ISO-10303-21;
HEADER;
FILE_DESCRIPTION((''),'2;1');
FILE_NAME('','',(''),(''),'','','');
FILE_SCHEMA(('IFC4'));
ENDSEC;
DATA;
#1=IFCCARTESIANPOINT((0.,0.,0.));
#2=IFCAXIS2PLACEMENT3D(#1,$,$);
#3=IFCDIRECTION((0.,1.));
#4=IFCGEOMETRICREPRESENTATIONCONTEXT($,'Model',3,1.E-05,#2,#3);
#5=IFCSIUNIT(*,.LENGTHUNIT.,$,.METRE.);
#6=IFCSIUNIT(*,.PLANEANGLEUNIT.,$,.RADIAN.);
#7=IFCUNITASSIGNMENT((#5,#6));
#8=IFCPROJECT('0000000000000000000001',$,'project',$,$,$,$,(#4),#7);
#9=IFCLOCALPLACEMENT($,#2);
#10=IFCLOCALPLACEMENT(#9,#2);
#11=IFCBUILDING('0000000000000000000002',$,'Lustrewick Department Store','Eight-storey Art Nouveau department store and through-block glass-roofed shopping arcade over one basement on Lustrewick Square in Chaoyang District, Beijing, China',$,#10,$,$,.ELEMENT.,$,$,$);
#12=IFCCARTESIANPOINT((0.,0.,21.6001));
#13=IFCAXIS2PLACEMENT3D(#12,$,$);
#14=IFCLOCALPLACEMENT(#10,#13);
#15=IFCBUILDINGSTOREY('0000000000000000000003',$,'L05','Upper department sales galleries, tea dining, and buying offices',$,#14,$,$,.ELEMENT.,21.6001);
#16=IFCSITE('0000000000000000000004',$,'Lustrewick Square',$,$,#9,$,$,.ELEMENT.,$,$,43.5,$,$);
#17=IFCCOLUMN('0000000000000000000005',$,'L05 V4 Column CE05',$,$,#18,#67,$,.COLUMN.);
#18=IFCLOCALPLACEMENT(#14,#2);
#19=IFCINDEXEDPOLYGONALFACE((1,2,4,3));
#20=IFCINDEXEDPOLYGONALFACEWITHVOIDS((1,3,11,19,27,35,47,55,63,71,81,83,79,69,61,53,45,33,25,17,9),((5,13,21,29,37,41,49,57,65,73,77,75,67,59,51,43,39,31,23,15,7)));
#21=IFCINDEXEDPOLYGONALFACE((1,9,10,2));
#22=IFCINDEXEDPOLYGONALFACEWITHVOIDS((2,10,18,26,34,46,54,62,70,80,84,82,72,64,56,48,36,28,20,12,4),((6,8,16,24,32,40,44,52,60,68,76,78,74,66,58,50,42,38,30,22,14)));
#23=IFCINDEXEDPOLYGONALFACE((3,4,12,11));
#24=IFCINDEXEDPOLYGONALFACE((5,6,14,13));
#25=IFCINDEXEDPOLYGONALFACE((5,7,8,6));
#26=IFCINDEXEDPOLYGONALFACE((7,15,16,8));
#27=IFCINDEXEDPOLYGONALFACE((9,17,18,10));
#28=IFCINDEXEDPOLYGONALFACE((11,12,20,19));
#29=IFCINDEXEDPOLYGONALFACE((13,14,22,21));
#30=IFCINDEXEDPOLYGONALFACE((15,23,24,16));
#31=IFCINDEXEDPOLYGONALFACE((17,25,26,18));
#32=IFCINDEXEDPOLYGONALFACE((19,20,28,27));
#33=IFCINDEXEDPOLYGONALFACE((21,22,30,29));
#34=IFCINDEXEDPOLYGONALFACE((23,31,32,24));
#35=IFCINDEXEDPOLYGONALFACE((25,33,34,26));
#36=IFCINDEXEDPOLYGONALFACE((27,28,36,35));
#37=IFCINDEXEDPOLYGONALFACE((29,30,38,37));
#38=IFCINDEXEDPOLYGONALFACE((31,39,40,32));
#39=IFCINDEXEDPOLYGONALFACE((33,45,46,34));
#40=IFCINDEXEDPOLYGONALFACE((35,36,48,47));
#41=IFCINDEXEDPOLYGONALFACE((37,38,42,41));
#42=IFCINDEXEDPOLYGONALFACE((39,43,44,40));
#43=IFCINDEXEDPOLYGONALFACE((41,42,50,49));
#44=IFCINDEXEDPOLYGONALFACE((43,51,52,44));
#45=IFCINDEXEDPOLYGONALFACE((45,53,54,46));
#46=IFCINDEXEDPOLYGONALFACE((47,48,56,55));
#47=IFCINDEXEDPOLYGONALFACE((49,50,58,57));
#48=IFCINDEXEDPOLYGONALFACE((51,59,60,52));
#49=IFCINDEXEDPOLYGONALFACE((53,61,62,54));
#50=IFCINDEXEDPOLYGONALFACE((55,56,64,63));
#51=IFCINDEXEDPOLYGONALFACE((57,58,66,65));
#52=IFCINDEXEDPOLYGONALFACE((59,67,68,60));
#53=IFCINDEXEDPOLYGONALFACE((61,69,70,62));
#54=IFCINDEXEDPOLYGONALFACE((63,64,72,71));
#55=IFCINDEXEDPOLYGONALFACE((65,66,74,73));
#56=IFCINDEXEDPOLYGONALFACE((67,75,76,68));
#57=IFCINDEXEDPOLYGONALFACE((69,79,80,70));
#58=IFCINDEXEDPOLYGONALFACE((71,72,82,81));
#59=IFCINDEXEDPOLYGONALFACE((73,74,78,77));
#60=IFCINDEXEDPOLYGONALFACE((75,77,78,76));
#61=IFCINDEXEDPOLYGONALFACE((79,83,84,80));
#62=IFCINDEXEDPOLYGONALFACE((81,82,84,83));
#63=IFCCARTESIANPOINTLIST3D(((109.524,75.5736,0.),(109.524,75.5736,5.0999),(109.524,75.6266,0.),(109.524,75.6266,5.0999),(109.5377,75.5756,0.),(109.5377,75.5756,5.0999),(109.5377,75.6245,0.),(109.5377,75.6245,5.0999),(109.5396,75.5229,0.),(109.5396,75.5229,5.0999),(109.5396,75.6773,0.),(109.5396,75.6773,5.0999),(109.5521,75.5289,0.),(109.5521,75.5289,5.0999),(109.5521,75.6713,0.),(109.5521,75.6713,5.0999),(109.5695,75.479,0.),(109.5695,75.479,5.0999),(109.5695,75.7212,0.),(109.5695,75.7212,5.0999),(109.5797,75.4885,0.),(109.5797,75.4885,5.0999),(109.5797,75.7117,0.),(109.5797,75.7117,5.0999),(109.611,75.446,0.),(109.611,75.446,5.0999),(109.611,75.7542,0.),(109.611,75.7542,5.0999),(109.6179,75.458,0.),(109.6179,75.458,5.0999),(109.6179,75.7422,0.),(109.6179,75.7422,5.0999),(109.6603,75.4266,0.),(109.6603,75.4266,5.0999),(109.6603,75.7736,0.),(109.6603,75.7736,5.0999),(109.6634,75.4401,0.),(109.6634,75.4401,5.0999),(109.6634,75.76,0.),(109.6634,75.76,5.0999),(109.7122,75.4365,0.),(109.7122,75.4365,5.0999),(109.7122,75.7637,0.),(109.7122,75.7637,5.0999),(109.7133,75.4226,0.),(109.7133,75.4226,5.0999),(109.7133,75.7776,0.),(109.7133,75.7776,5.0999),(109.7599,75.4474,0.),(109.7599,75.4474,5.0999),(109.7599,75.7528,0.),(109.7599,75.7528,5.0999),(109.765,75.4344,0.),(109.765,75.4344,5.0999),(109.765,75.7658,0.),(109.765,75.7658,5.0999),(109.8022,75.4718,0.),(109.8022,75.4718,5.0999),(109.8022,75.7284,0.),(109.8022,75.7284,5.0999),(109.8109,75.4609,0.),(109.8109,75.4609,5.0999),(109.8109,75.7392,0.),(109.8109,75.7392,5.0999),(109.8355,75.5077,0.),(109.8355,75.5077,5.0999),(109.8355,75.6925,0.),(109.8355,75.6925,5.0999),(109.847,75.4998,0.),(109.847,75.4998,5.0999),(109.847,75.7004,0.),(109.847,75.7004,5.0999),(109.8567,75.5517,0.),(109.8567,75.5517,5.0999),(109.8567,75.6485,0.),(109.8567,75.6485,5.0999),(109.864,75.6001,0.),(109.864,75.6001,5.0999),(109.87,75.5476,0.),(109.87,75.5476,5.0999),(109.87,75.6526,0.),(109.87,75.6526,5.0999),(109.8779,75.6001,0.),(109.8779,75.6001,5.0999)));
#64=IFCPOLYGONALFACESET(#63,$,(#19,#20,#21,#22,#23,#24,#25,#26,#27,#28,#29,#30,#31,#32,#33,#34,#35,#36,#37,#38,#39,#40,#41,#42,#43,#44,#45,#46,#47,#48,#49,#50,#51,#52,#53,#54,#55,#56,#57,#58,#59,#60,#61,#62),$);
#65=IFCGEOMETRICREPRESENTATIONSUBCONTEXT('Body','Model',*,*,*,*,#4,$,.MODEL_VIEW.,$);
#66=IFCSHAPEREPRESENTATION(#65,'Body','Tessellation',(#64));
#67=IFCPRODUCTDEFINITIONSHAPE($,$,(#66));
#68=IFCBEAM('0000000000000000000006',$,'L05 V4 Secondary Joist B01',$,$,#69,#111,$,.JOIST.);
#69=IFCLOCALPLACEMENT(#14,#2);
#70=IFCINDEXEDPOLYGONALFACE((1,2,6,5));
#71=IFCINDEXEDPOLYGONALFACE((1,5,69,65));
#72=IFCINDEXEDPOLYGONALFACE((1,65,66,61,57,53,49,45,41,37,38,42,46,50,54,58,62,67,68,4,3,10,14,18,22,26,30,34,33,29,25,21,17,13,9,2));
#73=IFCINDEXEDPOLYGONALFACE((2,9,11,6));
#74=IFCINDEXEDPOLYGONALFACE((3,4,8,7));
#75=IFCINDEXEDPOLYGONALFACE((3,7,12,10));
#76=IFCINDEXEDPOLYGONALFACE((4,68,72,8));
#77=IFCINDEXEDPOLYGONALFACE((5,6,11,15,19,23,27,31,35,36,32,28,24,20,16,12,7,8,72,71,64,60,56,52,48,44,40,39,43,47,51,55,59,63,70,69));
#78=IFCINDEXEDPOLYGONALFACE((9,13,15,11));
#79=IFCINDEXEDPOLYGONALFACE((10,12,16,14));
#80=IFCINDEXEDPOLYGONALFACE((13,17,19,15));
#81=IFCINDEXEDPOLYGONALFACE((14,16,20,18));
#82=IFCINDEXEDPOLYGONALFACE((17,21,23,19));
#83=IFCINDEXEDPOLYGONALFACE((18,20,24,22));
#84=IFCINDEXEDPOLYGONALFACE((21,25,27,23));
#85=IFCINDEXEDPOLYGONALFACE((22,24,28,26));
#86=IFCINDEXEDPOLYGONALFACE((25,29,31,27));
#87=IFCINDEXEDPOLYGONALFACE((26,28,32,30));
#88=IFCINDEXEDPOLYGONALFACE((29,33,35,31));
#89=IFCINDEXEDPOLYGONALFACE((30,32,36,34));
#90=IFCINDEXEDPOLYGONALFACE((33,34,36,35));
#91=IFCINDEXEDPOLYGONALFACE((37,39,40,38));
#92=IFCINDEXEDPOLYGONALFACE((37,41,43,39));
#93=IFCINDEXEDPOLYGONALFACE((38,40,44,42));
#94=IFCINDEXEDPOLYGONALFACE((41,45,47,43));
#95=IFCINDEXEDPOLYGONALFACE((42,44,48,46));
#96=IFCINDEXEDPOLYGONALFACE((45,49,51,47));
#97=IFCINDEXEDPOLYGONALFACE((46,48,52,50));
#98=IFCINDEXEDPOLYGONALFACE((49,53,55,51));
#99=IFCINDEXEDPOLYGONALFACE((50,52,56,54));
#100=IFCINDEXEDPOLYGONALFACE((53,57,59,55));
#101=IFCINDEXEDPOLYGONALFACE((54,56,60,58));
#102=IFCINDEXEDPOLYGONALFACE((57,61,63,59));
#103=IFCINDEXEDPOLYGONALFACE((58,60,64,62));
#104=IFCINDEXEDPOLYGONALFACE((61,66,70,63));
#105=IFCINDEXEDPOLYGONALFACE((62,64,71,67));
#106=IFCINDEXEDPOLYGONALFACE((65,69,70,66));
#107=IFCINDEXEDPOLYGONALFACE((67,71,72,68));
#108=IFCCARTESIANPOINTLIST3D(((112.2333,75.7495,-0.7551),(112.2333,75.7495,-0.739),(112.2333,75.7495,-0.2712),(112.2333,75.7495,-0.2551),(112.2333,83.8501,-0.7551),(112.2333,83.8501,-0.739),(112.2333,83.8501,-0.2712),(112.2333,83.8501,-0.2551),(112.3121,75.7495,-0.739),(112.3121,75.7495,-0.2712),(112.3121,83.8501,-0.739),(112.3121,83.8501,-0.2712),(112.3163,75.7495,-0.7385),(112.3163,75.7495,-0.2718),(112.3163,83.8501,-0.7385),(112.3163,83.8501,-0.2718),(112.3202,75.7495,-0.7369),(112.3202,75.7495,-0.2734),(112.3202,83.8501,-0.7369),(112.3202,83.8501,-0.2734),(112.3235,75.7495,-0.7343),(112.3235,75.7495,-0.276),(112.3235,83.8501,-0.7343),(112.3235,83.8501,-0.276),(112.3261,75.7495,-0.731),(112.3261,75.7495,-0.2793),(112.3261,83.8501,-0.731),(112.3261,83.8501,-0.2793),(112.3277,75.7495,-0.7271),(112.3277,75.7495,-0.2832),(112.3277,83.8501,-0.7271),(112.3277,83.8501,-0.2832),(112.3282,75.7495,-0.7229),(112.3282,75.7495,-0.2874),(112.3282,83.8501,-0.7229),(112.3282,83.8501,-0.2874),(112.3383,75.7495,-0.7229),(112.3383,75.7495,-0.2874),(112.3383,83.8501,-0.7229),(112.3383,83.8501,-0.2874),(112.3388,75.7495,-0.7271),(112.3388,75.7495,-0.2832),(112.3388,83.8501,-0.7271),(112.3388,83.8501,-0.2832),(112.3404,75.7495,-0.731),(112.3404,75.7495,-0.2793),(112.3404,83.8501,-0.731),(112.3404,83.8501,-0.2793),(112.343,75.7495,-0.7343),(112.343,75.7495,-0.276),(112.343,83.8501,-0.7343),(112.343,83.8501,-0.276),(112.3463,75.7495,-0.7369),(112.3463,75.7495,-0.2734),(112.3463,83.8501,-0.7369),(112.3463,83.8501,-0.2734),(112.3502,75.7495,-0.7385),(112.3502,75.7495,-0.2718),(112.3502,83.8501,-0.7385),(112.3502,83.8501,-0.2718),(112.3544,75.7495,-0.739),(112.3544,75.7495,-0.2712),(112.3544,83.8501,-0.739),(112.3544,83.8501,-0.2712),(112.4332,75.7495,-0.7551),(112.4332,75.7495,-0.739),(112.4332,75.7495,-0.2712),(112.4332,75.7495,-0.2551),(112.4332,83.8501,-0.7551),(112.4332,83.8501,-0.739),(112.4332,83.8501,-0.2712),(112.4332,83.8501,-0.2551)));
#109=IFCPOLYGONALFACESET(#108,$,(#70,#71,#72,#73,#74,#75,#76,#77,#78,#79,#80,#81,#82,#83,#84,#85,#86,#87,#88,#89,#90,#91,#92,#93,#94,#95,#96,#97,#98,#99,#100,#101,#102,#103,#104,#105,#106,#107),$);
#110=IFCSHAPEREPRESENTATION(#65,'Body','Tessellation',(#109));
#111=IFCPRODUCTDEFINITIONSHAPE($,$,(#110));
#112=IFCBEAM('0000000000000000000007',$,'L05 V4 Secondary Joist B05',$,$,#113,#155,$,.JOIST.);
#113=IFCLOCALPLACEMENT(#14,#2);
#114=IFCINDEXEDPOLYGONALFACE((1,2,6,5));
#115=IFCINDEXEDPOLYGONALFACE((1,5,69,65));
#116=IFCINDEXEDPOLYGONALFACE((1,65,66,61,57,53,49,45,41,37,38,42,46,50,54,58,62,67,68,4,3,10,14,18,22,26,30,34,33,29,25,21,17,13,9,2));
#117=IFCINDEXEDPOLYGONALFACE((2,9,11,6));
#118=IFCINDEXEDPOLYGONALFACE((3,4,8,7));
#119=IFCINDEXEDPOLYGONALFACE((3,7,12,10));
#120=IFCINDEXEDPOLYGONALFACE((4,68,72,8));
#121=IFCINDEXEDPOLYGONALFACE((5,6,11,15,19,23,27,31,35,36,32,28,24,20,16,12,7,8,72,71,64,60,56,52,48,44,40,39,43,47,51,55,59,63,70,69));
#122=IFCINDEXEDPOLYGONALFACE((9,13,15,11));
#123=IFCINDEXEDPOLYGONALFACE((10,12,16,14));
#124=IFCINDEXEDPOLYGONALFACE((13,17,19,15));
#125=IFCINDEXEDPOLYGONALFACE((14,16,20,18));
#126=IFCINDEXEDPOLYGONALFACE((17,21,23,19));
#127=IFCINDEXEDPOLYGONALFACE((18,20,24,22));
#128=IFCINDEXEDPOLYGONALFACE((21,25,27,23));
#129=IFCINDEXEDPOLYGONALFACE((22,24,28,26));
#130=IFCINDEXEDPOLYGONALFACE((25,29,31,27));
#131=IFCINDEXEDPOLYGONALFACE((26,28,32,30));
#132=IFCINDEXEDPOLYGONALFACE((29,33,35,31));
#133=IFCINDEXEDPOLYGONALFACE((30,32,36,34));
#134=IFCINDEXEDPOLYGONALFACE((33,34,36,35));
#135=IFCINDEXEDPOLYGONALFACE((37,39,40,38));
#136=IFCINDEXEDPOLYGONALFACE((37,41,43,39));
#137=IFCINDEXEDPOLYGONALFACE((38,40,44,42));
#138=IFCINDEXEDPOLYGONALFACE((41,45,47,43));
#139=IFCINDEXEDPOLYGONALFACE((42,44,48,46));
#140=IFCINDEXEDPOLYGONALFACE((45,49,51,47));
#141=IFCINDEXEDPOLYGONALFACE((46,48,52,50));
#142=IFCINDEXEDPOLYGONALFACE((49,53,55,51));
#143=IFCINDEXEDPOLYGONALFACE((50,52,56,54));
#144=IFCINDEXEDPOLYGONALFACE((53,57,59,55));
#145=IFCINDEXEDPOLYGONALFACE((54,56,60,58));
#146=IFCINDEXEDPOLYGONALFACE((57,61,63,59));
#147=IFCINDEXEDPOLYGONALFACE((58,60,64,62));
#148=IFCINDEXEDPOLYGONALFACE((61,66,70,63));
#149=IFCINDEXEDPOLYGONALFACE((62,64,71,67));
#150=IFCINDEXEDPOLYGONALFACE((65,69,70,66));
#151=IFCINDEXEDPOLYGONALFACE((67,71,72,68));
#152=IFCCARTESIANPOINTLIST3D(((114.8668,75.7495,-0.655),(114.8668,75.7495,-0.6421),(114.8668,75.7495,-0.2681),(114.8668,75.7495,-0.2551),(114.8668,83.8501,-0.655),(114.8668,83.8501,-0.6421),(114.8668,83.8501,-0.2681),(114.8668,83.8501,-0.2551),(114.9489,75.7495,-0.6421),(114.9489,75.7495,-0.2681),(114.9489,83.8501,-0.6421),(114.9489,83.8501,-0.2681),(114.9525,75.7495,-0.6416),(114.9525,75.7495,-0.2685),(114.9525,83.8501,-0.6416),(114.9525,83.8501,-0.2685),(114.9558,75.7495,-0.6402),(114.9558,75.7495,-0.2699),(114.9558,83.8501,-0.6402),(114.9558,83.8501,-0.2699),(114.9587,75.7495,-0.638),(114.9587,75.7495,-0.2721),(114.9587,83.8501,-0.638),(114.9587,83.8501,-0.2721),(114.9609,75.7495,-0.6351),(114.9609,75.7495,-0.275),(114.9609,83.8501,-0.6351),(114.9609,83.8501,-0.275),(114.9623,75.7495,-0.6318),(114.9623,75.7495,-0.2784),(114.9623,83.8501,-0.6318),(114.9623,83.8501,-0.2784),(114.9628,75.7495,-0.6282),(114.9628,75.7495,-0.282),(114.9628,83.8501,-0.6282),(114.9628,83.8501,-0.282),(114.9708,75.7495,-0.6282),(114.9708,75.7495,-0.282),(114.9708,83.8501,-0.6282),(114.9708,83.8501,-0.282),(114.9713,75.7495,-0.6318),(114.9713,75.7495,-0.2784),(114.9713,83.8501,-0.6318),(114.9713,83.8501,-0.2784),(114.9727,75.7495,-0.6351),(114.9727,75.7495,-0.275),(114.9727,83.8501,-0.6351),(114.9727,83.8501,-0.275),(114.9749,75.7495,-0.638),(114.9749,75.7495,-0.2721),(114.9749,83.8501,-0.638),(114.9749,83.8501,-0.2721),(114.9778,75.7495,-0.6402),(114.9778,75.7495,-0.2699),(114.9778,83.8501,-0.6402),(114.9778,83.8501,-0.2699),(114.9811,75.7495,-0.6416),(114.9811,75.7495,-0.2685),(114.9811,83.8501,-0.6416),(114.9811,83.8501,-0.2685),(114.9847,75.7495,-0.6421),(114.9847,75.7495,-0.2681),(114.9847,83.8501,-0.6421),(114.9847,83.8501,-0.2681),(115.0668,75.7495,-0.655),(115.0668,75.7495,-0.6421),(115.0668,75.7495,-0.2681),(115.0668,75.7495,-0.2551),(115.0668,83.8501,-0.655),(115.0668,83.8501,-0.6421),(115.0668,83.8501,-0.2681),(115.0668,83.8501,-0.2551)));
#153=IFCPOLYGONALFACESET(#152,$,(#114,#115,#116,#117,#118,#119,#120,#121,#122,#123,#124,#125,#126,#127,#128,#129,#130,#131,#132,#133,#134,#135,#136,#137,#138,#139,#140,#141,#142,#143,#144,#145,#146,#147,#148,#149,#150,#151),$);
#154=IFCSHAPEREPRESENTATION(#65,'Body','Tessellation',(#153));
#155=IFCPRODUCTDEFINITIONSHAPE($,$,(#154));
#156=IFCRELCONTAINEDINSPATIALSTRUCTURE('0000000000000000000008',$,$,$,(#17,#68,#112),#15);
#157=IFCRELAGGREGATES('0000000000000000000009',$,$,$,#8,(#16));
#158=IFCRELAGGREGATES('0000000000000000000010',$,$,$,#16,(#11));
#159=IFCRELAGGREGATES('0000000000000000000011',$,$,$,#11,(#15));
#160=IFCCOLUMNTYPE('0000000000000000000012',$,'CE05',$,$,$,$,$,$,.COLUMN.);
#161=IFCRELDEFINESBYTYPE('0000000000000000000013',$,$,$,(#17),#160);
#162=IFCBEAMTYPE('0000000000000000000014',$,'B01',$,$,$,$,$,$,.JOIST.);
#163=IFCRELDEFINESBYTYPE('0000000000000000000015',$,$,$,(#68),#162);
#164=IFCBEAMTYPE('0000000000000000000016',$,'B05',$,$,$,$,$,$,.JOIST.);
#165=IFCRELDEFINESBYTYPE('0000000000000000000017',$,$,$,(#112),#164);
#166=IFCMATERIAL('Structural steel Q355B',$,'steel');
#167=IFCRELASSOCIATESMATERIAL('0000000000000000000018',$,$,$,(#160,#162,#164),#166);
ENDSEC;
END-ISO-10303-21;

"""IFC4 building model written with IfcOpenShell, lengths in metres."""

from ifc_helpers import new_model, si_unit, direction, frame, origin, origin_2d, place, context, subcontext, project, spatial, hollow_circle, i_section, extrude, material, material_profile, profile_set, type_object, element, save


model = new_model("IFC4")

# Units and contexts
model_context = context("Model", 3, precision=1e-05, world=origin(), true_north=direction((0.0, 1.0)))
body_context = subcontext(model_context, "Body", "Model", "MODEL_VIEW")
ifc_project = project(units=[si_unit("LENGTHUNIT", "METRE"), si_unit("PLANEANGLEUNIT", "RADIAN")], contexts=[model_context])

# Site, building, storey
site_placement = place(None, origin())
site = spatial("IfcSite", under=ifc_project, at=site_placement, Name="Lustrewick Square", CompositionType="ELEMENT", RefElevation=43.5)
building_placement = place(site_placement, origin())
building = spatial("IfcBuilding", under=site, at=building_placement, Name="Lustrewick Department Store", Description="Eight-storey Art Nouveau department store and through-block glass-roofed shopping arcade over one basement on Lustrewick Square in Chaoyang District, Beijing, China", CompositionType="ELEMENT")
storey_placement = place(building_placement, frame((0.0, 0.0, 21.6001)))
storey = spatial("IfcBuildingStorey", under=building, at=storey_placement, Name="L05", Description="Upper department sales galleries, tea dining, and buying offices", CompositionType="ELEMENT", Elevation=21.6001)

# Column
ifc_material_1 = material(Name="Structural steel Q355B", Category="steel")
ifc_material_profile_1 = material_profile(ifc_material_1, hollow_circle(Radius=0.178, WallThickness=0.0139, at=origin_2d()), Name="CHS 356x14")
ifc_profile_set_1 = profile_set([ifc_material_profile_1], Name="Structural steel Q355B")
column_type = type_object("IfcColumnType", Name="CE05", PredefinedType="COLUMN", material=ifc_profile_set_1)
column_placement = place(storey_placement, frame((109.7, 75.6001, 0.0), z_axis=(0.0, 0.0, 1.0), x_axis=(1.0, 0.0, 0.0)))
element("IfcColumn", 1, at=column_placement, inside=storey, type_object=column_type, Name="L05 V4 Column CE05", PredefinedType="COLUMN", context=body_context, shape_type="SweptSolid", body=[
    extrude(hollow_circle(Radius=0.178, WallThickness=0.0139, at=origin_2d()), origin(), (0.0, 0.0, 1.0), 5.0999),
])

# Beams
ifc_material_profile_2 = material_profile(ifc_material_1, i_section(OverallWidth=0.2, OverallDepth=0.5, WebThickness=0.01, FlangeThickness=0.0161, FilletRadius=0.0161, at=origin_2d()), Name="HN 500x200x10x16")
ifc_profile_set_2 = profile_set([ifc_material_profile_2], Name="Structural steel Q355B")
beam_type_1 = type_object("IfcBeamType", Name="B01", PredefinedType="JOIST", material=ifc_profile_set_2)
beam_1_placement = place(storey_placement, frame((112.3333, 75.7495, -0.5051), z_axis=(0.0, 1.0, 0.0), x_axis=(-1.0, 0.0, 0.0)))
element("IfcBeam", 2, at=beam_1_placement, inside=storey, type_object=beam_type_1, Name="L05 V4 Secondary Joist B01", PredefinedType="JOIST", context=body_context, shape_type="SweptSolid", body=[
    extrude(i_section(OverallWidth=0.2, OverallDepth=0.5, WebThickness=0.01, FlangeThickness=0.0161, FilletRadius=0.0161, at=origin_2d()), origin(), (0.0, 0.0, 1.0), 8.1006),
])
ifc_material_profile_3 = material_profile(ifc_material_1, i_section(OverallWidth=0.2, OverallDepth=0.3999, WebThickness=0.0081, FlangeThickness=0.0129, FilletRadius=0.0139, at=origin_2d()), Name="HN 400x200x8x13")
ifc_profile_set_3 = profile_set([ifc_material_profile_3], Name="Structural steel Q355B")
beam_type_2 = type_object("IfcBeamType", Name="B05", PredefinedType="JOIST", material=ifc_profile_set_3)
beam_2_placement = place(storey_placement, frame((114.9668, 75.7495, -0.4551), z_axis=(0.0, 1.0, 0.0), x_axis=(-1.0, 0.0, 0.0)))
element("IfcBeam", 3, at=beam_2_placement, inside=storey, type_object=beam_type_2, Name="L05 V4 Secondary Joist B05", PredefinedType="JOIST", context=body_context, shape_type="SweptSolid", body=[
    extrude(i_section(OverallWidth=0.2, OverallDepth=0.3999, WebThickness=0.0081, FlangeThickness=0.0129, FilletRadius=0.0139, at=origin_2d()), origin(), (0.0, 0.0, 1.0), 8.1006),
])

save(model, "model.ifc")
